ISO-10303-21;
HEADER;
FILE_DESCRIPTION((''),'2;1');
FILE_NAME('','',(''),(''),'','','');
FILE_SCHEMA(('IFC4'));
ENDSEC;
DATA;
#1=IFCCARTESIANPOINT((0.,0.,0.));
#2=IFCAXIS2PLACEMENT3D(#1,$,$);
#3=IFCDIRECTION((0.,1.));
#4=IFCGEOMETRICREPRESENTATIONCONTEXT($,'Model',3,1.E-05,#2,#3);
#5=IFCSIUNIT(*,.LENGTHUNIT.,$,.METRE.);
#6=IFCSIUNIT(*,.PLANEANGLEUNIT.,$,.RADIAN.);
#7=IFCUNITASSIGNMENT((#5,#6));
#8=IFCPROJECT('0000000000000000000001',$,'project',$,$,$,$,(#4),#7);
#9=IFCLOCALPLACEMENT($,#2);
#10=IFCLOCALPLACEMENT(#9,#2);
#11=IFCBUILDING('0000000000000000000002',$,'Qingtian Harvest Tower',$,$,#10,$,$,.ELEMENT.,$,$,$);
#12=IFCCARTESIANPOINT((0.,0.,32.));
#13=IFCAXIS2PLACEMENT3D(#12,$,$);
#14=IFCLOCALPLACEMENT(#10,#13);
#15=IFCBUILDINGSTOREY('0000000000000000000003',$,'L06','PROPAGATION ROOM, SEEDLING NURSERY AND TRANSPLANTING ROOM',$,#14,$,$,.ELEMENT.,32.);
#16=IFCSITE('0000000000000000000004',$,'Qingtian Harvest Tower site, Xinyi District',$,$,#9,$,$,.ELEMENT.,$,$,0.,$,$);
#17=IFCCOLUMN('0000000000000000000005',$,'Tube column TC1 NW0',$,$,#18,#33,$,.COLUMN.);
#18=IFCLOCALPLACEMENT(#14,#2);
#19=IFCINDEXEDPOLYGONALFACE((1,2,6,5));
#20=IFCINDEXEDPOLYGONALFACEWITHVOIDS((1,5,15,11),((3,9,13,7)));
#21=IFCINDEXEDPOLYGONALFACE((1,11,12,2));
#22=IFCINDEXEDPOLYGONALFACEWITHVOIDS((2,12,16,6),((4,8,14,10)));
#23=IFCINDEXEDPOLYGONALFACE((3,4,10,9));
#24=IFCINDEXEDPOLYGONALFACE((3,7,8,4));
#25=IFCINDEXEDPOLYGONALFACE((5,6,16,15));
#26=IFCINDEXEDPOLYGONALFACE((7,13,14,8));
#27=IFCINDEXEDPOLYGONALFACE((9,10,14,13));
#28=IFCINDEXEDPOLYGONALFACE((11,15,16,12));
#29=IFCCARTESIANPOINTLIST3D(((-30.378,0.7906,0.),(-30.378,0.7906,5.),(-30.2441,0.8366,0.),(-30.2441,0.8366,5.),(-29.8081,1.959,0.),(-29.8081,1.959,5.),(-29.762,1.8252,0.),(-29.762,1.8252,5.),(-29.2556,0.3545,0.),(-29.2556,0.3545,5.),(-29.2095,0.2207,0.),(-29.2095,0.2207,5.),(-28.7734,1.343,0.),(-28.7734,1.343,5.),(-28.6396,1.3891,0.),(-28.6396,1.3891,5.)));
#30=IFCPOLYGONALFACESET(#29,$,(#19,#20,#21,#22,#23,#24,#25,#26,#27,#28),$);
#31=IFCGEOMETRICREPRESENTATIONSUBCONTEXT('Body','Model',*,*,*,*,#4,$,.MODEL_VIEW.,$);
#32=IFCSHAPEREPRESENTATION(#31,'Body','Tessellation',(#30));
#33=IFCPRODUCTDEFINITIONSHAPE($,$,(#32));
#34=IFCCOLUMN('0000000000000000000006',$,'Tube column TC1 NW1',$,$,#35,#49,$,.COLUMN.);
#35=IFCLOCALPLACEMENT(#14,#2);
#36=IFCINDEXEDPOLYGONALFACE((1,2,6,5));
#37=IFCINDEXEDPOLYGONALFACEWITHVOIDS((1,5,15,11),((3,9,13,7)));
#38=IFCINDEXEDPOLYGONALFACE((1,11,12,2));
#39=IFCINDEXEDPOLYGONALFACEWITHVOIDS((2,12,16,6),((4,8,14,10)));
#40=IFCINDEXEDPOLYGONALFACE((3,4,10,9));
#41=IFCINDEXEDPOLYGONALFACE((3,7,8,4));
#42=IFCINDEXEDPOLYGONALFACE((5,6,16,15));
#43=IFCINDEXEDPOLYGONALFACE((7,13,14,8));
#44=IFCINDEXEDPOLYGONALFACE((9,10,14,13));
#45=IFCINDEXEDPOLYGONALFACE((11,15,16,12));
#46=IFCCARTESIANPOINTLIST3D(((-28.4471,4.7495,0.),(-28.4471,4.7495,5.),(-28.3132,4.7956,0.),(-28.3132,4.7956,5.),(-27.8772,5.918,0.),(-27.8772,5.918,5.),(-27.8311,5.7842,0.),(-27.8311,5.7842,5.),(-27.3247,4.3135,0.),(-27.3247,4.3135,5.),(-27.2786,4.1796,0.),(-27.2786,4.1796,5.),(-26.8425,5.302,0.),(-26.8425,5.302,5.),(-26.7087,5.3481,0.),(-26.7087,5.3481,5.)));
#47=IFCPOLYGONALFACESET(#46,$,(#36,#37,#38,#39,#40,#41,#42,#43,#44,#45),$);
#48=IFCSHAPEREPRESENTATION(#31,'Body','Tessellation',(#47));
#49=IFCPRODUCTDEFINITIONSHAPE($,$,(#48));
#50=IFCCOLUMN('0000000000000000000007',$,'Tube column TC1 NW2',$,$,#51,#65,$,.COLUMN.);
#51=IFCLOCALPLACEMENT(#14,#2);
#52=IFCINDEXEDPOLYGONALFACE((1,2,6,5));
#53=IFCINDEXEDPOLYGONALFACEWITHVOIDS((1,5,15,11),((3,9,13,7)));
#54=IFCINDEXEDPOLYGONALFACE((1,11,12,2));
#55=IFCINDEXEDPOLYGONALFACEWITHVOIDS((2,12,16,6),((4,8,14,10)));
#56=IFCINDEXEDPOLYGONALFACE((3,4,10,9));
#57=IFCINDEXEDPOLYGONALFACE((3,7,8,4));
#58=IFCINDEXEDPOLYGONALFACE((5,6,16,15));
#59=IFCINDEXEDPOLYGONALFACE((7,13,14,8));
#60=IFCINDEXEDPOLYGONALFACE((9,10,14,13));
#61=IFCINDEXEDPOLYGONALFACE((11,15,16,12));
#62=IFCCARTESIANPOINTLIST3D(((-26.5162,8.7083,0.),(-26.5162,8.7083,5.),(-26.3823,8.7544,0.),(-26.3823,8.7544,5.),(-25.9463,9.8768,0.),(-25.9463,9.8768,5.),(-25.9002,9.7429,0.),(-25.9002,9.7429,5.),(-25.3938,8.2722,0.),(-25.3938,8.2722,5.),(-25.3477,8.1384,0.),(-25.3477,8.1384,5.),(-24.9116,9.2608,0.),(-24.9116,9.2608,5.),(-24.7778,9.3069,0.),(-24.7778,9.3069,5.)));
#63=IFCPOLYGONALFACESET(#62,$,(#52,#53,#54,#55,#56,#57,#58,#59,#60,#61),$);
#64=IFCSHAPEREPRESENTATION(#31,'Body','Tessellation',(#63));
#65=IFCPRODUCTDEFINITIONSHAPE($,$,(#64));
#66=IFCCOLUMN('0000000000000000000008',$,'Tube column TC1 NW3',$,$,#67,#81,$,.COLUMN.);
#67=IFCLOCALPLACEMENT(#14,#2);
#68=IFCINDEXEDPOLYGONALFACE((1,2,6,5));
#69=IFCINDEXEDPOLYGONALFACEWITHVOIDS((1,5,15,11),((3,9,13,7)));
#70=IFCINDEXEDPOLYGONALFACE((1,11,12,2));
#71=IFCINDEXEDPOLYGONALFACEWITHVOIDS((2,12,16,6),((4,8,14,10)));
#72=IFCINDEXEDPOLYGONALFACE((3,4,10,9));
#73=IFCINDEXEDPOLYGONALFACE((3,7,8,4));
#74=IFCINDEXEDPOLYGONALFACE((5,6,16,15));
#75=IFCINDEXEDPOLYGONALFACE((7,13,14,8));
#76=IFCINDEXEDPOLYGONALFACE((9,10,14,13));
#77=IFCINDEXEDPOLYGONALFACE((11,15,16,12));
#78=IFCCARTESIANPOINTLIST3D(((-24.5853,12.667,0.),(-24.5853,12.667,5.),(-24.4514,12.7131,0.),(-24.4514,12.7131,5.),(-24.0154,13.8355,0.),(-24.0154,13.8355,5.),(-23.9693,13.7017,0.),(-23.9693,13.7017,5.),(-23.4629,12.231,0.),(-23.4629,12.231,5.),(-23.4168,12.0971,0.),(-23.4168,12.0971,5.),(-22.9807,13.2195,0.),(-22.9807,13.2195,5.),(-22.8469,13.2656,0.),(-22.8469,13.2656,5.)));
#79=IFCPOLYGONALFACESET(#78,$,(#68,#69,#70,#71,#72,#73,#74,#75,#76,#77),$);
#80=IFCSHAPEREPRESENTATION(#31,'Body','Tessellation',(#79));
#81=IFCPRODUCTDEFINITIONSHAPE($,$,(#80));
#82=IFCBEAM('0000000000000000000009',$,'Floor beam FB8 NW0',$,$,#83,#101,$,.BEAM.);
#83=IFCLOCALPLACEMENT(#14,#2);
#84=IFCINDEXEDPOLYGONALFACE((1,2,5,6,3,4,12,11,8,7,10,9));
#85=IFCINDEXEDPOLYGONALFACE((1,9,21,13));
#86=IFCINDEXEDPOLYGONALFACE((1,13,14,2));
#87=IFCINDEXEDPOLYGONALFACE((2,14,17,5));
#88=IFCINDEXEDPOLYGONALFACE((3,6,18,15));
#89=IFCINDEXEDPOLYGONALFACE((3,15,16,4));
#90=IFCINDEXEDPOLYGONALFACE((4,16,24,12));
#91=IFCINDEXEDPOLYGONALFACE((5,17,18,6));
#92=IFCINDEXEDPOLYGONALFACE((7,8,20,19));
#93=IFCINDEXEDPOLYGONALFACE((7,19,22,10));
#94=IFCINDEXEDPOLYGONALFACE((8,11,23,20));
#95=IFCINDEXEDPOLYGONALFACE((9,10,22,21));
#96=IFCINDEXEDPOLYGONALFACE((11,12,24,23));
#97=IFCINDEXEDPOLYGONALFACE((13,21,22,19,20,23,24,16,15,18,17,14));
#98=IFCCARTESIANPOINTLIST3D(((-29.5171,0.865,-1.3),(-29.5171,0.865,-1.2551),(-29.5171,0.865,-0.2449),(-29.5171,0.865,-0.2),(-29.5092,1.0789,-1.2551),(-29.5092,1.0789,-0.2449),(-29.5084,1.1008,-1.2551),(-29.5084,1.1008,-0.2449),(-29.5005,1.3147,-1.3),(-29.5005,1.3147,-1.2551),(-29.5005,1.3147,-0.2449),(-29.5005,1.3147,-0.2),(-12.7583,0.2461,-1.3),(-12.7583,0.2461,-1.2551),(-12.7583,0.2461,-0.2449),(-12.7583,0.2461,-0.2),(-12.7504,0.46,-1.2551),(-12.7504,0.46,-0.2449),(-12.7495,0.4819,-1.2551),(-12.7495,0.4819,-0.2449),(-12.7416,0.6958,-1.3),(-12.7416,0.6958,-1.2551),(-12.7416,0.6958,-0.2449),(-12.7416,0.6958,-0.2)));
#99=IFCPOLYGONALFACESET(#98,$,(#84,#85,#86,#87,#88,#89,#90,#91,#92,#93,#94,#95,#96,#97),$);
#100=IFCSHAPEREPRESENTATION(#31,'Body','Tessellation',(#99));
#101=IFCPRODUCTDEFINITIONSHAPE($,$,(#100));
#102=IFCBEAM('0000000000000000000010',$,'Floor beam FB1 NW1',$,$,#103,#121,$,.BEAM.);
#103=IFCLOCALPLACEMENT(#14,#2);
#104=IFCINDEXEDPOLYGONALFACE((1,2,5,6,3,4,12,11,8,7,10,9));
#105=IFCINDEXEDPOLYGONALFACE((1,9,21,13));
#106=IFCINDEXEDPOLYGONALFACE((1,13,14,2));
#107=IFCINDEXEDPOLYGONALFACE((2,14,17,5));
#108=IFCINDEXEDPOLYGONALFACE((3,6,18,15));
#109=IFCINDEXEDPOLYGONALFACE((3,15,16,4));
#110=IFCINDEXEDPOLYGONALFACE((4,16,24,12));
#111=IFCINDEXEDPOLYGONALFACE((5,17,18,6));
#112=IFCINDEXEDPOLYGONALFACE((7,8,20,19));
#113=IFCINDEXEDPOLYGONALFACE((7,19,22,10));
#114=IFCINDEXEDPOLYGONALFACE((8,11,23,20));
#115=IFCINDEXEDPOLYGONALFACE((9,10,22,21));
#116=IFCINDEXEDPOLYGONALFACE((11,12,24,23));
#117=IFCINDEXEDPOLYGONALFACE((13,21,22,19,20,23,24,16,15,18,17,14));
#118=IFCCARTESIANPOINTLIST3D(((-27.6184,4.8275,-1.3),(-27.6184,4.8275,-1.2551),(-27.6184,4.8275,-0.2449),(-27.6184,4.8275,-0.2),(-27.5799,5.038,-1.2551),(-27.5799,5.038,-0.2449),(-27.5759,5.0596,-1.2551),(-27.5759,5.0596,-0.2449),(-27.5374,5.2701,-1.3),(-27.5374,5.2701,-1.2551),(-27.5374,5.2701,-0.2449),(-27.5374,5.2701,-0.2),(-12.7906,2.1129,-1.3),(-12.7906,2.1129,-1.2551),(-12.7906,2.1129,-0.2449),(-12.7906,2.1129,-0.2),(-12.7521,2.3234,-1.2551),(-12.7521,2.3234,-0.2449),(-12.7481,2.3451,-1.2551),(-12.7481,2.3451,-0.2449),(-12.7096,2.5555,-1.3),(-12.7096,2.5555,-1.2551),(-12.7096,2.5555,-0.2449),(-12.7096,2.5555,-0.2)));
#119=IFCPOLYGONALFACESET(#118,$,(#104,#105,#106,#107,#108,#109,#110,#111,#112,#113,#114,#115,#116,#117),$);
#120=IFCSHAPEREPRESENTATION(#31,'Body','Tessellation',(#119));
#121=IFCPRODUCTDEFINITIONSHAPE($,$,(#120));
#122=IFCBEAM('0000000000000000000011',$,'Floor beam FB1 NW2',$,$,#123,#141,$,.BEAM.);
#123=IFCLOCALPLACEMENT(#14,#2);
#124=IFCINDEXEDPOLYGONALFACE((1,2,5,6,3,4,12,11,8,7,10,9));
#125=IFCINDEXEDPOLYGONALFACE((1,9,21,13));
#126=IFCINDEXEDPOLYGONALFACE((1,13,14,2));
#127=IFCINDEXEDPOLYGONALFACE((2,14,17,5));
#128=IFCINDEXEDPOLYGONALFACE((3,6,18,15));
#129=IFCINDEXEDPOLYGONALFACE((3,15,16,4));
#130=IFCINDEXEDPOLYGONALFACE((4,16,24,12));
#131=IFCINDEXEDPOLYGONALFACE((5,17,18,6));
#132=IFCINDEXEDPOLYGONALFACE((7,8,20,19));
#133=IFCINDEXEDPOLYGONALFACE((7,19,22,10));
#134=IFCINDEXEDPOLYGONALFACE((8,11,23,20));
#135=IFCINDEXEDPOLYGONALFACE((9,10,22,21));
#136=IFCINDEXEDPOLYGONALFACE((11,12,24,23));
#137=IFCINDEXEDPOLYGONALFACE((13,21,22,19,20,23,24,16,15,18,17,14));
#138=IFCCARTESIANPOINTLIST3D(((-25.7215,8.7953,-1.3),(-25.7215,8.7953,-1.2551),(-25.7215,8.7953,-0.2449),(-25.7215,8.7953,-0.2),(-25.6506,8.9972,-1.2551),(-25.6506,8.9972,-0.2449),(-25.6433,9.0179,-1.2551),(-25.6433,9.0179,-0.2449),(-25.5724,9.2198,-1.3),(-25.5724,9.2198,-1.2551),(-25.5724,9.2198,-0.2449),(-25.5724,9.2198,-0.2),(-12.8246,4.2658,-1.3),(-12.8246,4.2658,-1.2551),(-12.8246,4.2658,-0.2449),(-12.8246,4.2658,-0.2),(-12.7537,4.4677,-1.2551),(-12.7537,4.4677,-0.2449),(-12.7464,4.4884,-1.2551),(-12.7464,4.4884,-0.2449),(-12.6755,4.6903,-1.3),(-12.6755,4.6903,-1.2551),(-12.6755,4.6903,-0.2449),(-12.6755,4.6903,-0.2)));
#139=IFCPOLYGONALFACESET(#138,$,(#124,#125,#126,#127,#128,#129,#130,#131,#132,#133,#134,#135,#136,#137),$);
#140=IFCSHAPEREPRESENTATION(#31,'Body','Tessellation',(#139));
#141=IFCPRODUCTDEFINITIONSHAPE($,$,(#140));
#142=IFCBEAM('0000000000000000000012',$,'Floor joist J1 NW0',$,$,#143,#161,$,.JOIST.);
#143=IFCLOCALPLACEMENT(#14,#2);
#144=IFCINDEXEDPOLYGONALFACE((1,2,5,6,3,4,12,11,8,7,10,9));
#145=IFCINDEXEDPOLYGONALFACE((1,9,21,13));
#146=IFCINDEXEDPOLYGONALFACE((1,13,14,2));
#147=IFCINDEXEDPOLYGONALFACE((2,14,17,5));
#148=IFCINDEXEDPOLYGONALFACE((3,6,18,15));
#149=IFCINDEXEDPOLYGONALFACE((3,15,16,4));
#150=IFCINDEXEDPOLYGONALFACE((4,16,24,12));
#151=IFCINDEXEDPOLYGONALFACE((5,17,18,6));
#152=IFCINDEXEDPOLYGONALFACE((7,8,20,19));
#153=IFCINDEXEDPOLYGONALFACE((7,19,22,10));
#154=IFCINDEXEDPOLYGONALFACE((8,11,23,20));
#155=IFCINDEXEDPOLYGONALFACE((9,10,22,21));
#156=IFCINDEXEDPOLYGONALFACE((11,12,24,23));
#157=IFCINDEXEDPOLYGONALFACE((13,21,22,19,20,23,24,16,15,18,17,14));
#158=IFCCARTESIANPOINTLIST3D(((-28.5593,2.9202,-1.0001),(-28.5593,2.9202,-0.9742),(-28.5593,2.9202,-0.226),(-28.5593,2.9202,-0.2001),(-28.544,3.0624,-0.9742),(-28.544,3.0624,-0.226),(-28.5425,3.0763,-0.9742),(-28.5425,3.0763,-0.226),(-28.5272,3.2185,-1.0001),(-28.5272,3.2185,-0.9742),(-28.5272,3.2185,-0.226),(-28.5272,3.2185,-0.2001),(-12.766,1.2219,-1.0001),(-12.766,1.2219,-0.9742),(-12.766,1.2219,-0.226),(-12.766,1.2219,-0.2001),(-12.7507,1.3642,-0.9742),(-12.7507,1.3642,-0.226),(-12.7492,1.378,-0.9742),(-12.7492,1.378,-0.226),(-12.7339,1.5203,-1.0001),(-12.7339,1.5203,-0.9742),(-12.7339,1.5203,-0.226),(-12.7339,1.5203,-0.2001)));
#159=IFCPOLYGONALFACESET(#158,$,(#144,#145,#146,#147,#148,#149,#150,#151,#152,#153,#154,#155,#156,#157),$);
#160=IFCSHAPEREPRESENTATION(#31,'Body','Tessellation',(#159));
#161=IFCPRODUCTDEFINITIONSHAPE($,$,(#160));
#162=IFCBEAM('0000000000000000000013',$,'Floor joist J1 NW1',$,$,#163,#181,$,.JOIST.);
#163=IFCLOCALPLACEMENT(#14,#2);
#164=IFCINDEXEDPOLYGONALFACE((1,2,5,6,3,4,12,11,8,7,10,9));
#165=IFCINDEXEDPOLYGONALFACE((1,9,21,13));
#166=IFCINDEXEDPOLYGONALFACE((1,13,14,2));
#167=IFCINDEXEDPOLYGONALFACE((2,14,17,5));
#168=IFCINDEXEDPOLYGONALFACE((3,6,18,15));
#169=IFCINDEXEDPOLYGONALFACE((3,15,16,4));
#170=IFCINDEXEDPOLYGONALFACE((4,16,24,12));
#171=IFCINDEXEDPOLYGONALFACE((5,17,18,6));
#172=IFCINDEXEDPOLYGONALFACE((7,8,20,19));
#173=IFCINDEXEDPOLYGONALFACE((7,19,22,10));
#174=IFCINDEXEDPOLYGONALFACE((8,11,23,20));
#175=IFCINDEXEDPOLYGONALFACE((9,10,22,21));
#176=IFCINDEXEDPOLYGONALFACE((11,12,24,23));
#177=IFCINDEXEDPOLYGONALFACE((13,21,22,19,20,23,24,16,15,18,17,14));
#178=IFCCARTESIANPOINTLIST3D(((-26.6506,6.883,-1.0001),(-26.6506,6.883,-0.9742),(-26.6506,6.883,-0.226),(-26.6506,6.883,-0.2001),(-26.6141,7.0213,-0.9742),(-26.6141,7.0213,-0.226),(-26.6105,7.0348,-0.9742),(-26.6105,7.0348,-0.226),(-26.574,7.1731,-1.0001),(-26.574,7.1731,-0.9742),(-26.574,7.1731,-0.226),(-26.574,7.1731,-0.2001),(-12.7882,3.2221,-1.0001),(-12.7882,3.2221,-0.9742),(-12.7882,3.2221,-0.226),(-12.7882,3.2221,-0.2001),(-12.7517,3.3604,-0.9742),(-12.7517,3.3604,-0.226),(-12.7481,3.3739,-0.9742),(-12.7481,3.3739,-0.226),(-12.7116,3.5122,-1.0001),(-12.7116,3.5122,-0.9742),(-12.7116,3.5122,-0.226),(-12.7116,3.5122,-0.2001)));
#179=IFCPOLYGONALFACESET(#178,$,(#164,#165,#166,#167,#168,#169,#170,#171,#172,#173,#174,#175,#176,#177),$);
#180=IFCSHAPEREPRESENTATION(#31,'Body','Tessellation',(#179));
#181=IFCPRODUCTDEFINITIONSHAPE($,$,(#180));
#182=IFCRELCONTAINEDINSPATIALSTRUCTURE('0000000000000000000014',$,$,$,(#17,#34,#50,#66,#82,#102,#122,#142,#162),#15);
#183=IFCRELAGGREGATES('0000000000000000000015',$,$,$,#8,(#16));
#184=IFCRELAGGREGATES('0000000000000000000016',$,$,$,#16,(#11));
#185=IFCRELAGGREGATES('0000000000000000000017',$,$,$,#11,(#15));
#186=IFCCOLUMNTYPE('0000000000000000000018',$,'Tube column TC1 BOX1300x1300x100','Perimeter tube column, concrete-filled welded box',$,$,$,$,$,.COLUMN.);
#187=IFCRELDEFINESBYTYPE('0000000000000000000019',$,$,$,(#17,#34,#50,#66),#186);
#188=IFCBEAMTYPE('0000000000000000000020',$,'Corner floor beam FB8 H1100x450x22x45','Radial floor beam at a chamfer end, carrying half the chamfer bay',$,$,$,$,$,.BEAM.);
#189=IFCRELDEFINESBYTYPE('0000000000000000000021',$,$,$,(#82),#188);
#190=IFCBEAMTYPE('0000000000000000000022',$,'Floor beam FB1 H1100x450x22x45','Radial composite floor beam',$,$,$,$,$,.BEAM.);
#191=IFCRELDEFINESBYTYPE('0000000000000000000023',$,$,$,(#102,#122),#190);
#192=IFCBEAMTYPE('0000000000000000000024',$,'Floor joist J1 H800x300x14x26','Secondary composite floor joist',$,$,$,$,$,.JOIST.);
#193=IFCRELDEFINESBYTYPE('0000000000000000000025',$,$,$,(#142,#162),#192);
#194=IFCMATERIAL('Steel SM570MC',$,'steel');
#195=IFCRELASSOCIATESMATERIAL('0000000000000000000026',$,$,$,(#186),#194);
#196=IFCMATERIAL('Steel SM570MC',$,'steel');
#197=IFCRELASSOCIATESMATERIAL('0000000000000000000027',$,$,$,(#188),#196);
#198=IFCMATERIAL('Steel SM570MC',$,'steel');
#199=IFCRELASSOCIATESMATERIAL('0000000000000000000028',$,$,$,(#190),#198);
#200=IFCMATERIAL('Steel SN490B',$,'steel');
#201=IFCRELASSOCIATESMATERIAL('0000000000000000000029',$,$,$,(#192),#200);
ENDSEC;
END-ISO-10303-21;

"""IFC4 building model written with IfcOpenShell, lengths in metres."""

from ifc_helpers import new_model, si_unit, direction, frame, origin, origin_2d, place, context, subcontext, project, spatial, hollow_rectangle, i_section, extrude, material, material_profile, profile_set, type_object, element, save


model = new_model("IFC4")

# Units and contexts
model_context = context("Model", 3, precision=1e-05, world=origin(), true_north=direction((0.0, 1.0)))
body_context = subcontext(model_context, "Body", "Model", "MODEL_VIEW")
ifc_project = project(units=[si_unit("LENGTHUNIT", "METRE"), si_unit("PLANEANGLEUNIT", "RADIAN")], contexts=[model_context])

# Site, building, storey
site_placement = place(None, origin())
site = spatial("IfcSite", under=ifc_project, at=site_placement, Name="Qingtian Harvest Tower site, Xinyi District", CompositionType="ELEMENT", RefElevation=0.0)
building_placement = place(site_placement, origin())
building = spatial("IfcBuilding", under=site, at=building_placement, Name="Qingtian Harvest Tower", CompositionType="ELEMENT")
storey_placement = place(building_placement, frame((0.0, 0.0, 32.0)))
storey = spatial("IfcBuildingStorey", under=building, at=storey_placement, Name="L06", Description="PROPAGATION ROOM, SEEDLING NURSERY AND TRANSPLANTING ROOM", CompositionType="ELEMENT", Elevation=32.0)

# Columns
ifc_material_1 = material(Name="Steel SM570MC", Category="steel")
ifc_material_profile_1 = material_profile(ifc_material_1, hollow_rectangle(XDim=1.3, YDim=1.3, WallThickness=0.1001, at=origin_2d()), Name="BOX1300x1300x100")
ifc_profile_set_1 = profile_set([ifc_material_profile_1], Name="Steel SM570MC")
column_type = type_object("IfcColumnType", Name="Tube column TC1 BOX1300x1300x100", Description="Perimeter tube column, concrete-filled welded box", PredefinedType="COLUMN", material=ifc_profile_set_1)
for number, where, z_axis, x_axis, name in (
    (1, (-29.5088, 1.0898, 0.0), (0.0, 0.0, 1.0), (-0.438371, -0.898794, 0.0), "Tube column TC1 NW0"),
    (2, (-27.5779, 5.0488, 0.0), (0.0, 0.0, 1.0), (-0.438371, -0.898794, 0.0), "Tube column TC1 NW1"),
    (3, (-25.647, 9.0076, 0.0), (0.0, 0.0, 1.0), (-0.438371, -0.898794, 0.0), "Tube column TC1 NW2"),
    (4, (-23.7161, 12.9663, 0.0), (0.0, 0.0, 1.0), (-0.438371, -0.898794, 0.0), "Tube column TC1 NW3"),
):
    element("IfcColumn", number, at=place(storey_placement, frame(where, z_axis=z_axis, x_axis=x_axis)), inside=storey, type_object=column_type, Name=name, PredefinedType="COLUMN", context=body_context, shape_type="SweptSolid", body=[
        extrude(hollow_rectangle(XDim=1.3, YDim=1.3, WallThickness=0.1001, at=origin_2d()), origin(), (0.0, 0.0, 1.0), 5.0),
    ])

# Beams
ifc_material_2 = material(Name="Steel SM570MC", Category="steel")
ifc_material_profile_2 = material_profile(ifc_material_2, i_section(OverallWidth=0.45, OverallDepth=1.1001, WebThickness=0.022, FlangeThickness=0.0449, at=origin_2d()), Name="H1100x450x22x45")
ifc_profile_set_2 = profile_set([ifc_material_profile_2], Name="Steel SM570MC")
beam_type_1 = type_object("IfcBeamType", Name="Corner floor beam FB8 H1100x450x22x45", Description="Radial floor beam at a chamfer end, carrying half the chamfer bay", PredefinedType="BEAM", material=ifc_profile_set_2)
beam_1_placement = place(storey_placement, frame((-29.5088, 1.0898, -0.75), z_axis=(0.999319, -0.036905, 0.0), x_axis=(0.036905, 0.999319, 0.0)))
element("IfcBeam", 5, at=beam_1_placement, inside=storey, type_object=beam_type_1, Name="Floor beam FB8 NW0", PredefinedType="BEAM", context=body_context, shape_type="SweptSolid", body=[
    extrude(i_section(OverallWidth=0.45, OverallDepth=1.1001, WebThickness=0.022, FlangeThickness=0.0449, at=origin_2d()), origin(), (0.0, 0.0, 1.0), 16.7703),
])
ifc_material_3 = material(Name="Steel SM570MC", Category="steel")
ifc_material_profile_3 = material_profile(ifc_material_3, i_section(OverallWidth=0.45, OverallDepth=1.1001, WebThickness=0.022, FlangeThickness=0.0449, at=origin_2d()), Name="H1100x450x22x45")
ifc_profile_set_3 = profile_set([ifc_material_profile_3], Name="Steel SM570MC")
beam_type_2 = type_object("IfcBeamType", Name="Floor beam FB1 H1100x450x22x45", Description="Radial composite floor beam", PredefinedType="BEAM", material=ifc_profile_set_3)
beam_2_placement = place(storey_placement, frame((-27.5779, 5.0488, -0.75), z_axis=(0.983652, -0.180081, 0.0), x_axis=(0.180081, 0.983652, 0.0)))
element("IfcBeam", 6, at=beam_2_placement, inside=storey, type_object=beam_type_2, Name="Floor beam FB1 NW1", PredefinedType="BEAM", context=body_context, shape_type="SweptSolid", body=[
    extrude(i_section(OverallWidth=0.45, OverallDepth=1.1001, WebThickness=0.022, FlangeThickness=0.0449, at=origin_2d()), origin(), (0.0, 0.0, 1.0), 15.0742),
])
beam_3_placement = place(storey_placement, frame((-25.647, 9.0076, -0.75), z_axis=(0.943502, -0.331367, 0.0), x_axis=(0.331367, 0.943502, 0.0)))
element("IfcBeam", 7, at=beam_3_placement, inside=storey, type_object=beam_type_2, Name="Floor beam FB1 NW2", PredefinedType="BEAM", context=body_context, shape_type="SweptSolid", body=[
    extrude(i_section(OverallWidth=0.45, OverallDepth=1.1001, WebThickness=0.022, FlangeThickness=0.0449, at=origin_2d()), origin(), (0.0, 0.0, 1.0), 13.6692),
])
ifc_material_4 = material(Name="Steel SN490B", Category="steel")
ifc_material_profile_4 = material_profile(ifc_material_4, i_section(OverallWidth=0.3, OverallDepth=0.8, WebThickness=0.0139, FlangeThickness=0.0259, at=origin_2d()), Name="H800x300x14x26")
ifc_profile_set_4 = profile_set([ifc_material_profile_4], Name="Steel SN490B")
beam_type_3 = type_object("IfcBeamType", Name="Floor joist J1 H800x300x14x26", Description="Secondary composite floor joist", PredefinedType="JOIST", material=ifc_profile_set_4)
beam_4_placement = place(storey_placement, frame((-28.5432, 3.0693, -0.6001), z_axis=(0.994268, -0.106914, 0.0), x_axis=(0.106914, 0.994268, 0.0)))
element("IfcBeam", 8, at=beam_4_placement, inside=storey, type_object=beam_type_3, Name="Floor joist J1 NW0", PredefinedType="JOIST", context=body_context, shape_type="SweptSolid", body=[
    extrude(i_section(OverallWidth=0.3, OverallDepth=0.8, WebThickness=0.0139, FlangeThickness=0.0259, at=origin_2d()), origin(), (0.0, 0.0, 1.0), 15.8843),
])
beam_5_placement = place(storey_placement, frame((-26.6123, 7.0281, -0.6001), z_axis=(0.966852, -0.255336, 0.0), x_axis=(0.255336, 0.966852, 0.0)))
element("IfcBeam", 9, at=beam_5_placement, inside=storey, type_object=beam_type_3, Name="Floor joist J1 NW1", PredefinedType="JOIST", context=body_context, shape_type="SweptSolid", body=[
    extrude(i_section(OverallWidth=0.3, OverallDepth=0.8, WebThickness=0.0139, FlangeThickness=0.0259, at=origin_2d()), origin(), (0.0, 0.0, 1.0), 14.3376),
])

save(model, "model.ifc")
